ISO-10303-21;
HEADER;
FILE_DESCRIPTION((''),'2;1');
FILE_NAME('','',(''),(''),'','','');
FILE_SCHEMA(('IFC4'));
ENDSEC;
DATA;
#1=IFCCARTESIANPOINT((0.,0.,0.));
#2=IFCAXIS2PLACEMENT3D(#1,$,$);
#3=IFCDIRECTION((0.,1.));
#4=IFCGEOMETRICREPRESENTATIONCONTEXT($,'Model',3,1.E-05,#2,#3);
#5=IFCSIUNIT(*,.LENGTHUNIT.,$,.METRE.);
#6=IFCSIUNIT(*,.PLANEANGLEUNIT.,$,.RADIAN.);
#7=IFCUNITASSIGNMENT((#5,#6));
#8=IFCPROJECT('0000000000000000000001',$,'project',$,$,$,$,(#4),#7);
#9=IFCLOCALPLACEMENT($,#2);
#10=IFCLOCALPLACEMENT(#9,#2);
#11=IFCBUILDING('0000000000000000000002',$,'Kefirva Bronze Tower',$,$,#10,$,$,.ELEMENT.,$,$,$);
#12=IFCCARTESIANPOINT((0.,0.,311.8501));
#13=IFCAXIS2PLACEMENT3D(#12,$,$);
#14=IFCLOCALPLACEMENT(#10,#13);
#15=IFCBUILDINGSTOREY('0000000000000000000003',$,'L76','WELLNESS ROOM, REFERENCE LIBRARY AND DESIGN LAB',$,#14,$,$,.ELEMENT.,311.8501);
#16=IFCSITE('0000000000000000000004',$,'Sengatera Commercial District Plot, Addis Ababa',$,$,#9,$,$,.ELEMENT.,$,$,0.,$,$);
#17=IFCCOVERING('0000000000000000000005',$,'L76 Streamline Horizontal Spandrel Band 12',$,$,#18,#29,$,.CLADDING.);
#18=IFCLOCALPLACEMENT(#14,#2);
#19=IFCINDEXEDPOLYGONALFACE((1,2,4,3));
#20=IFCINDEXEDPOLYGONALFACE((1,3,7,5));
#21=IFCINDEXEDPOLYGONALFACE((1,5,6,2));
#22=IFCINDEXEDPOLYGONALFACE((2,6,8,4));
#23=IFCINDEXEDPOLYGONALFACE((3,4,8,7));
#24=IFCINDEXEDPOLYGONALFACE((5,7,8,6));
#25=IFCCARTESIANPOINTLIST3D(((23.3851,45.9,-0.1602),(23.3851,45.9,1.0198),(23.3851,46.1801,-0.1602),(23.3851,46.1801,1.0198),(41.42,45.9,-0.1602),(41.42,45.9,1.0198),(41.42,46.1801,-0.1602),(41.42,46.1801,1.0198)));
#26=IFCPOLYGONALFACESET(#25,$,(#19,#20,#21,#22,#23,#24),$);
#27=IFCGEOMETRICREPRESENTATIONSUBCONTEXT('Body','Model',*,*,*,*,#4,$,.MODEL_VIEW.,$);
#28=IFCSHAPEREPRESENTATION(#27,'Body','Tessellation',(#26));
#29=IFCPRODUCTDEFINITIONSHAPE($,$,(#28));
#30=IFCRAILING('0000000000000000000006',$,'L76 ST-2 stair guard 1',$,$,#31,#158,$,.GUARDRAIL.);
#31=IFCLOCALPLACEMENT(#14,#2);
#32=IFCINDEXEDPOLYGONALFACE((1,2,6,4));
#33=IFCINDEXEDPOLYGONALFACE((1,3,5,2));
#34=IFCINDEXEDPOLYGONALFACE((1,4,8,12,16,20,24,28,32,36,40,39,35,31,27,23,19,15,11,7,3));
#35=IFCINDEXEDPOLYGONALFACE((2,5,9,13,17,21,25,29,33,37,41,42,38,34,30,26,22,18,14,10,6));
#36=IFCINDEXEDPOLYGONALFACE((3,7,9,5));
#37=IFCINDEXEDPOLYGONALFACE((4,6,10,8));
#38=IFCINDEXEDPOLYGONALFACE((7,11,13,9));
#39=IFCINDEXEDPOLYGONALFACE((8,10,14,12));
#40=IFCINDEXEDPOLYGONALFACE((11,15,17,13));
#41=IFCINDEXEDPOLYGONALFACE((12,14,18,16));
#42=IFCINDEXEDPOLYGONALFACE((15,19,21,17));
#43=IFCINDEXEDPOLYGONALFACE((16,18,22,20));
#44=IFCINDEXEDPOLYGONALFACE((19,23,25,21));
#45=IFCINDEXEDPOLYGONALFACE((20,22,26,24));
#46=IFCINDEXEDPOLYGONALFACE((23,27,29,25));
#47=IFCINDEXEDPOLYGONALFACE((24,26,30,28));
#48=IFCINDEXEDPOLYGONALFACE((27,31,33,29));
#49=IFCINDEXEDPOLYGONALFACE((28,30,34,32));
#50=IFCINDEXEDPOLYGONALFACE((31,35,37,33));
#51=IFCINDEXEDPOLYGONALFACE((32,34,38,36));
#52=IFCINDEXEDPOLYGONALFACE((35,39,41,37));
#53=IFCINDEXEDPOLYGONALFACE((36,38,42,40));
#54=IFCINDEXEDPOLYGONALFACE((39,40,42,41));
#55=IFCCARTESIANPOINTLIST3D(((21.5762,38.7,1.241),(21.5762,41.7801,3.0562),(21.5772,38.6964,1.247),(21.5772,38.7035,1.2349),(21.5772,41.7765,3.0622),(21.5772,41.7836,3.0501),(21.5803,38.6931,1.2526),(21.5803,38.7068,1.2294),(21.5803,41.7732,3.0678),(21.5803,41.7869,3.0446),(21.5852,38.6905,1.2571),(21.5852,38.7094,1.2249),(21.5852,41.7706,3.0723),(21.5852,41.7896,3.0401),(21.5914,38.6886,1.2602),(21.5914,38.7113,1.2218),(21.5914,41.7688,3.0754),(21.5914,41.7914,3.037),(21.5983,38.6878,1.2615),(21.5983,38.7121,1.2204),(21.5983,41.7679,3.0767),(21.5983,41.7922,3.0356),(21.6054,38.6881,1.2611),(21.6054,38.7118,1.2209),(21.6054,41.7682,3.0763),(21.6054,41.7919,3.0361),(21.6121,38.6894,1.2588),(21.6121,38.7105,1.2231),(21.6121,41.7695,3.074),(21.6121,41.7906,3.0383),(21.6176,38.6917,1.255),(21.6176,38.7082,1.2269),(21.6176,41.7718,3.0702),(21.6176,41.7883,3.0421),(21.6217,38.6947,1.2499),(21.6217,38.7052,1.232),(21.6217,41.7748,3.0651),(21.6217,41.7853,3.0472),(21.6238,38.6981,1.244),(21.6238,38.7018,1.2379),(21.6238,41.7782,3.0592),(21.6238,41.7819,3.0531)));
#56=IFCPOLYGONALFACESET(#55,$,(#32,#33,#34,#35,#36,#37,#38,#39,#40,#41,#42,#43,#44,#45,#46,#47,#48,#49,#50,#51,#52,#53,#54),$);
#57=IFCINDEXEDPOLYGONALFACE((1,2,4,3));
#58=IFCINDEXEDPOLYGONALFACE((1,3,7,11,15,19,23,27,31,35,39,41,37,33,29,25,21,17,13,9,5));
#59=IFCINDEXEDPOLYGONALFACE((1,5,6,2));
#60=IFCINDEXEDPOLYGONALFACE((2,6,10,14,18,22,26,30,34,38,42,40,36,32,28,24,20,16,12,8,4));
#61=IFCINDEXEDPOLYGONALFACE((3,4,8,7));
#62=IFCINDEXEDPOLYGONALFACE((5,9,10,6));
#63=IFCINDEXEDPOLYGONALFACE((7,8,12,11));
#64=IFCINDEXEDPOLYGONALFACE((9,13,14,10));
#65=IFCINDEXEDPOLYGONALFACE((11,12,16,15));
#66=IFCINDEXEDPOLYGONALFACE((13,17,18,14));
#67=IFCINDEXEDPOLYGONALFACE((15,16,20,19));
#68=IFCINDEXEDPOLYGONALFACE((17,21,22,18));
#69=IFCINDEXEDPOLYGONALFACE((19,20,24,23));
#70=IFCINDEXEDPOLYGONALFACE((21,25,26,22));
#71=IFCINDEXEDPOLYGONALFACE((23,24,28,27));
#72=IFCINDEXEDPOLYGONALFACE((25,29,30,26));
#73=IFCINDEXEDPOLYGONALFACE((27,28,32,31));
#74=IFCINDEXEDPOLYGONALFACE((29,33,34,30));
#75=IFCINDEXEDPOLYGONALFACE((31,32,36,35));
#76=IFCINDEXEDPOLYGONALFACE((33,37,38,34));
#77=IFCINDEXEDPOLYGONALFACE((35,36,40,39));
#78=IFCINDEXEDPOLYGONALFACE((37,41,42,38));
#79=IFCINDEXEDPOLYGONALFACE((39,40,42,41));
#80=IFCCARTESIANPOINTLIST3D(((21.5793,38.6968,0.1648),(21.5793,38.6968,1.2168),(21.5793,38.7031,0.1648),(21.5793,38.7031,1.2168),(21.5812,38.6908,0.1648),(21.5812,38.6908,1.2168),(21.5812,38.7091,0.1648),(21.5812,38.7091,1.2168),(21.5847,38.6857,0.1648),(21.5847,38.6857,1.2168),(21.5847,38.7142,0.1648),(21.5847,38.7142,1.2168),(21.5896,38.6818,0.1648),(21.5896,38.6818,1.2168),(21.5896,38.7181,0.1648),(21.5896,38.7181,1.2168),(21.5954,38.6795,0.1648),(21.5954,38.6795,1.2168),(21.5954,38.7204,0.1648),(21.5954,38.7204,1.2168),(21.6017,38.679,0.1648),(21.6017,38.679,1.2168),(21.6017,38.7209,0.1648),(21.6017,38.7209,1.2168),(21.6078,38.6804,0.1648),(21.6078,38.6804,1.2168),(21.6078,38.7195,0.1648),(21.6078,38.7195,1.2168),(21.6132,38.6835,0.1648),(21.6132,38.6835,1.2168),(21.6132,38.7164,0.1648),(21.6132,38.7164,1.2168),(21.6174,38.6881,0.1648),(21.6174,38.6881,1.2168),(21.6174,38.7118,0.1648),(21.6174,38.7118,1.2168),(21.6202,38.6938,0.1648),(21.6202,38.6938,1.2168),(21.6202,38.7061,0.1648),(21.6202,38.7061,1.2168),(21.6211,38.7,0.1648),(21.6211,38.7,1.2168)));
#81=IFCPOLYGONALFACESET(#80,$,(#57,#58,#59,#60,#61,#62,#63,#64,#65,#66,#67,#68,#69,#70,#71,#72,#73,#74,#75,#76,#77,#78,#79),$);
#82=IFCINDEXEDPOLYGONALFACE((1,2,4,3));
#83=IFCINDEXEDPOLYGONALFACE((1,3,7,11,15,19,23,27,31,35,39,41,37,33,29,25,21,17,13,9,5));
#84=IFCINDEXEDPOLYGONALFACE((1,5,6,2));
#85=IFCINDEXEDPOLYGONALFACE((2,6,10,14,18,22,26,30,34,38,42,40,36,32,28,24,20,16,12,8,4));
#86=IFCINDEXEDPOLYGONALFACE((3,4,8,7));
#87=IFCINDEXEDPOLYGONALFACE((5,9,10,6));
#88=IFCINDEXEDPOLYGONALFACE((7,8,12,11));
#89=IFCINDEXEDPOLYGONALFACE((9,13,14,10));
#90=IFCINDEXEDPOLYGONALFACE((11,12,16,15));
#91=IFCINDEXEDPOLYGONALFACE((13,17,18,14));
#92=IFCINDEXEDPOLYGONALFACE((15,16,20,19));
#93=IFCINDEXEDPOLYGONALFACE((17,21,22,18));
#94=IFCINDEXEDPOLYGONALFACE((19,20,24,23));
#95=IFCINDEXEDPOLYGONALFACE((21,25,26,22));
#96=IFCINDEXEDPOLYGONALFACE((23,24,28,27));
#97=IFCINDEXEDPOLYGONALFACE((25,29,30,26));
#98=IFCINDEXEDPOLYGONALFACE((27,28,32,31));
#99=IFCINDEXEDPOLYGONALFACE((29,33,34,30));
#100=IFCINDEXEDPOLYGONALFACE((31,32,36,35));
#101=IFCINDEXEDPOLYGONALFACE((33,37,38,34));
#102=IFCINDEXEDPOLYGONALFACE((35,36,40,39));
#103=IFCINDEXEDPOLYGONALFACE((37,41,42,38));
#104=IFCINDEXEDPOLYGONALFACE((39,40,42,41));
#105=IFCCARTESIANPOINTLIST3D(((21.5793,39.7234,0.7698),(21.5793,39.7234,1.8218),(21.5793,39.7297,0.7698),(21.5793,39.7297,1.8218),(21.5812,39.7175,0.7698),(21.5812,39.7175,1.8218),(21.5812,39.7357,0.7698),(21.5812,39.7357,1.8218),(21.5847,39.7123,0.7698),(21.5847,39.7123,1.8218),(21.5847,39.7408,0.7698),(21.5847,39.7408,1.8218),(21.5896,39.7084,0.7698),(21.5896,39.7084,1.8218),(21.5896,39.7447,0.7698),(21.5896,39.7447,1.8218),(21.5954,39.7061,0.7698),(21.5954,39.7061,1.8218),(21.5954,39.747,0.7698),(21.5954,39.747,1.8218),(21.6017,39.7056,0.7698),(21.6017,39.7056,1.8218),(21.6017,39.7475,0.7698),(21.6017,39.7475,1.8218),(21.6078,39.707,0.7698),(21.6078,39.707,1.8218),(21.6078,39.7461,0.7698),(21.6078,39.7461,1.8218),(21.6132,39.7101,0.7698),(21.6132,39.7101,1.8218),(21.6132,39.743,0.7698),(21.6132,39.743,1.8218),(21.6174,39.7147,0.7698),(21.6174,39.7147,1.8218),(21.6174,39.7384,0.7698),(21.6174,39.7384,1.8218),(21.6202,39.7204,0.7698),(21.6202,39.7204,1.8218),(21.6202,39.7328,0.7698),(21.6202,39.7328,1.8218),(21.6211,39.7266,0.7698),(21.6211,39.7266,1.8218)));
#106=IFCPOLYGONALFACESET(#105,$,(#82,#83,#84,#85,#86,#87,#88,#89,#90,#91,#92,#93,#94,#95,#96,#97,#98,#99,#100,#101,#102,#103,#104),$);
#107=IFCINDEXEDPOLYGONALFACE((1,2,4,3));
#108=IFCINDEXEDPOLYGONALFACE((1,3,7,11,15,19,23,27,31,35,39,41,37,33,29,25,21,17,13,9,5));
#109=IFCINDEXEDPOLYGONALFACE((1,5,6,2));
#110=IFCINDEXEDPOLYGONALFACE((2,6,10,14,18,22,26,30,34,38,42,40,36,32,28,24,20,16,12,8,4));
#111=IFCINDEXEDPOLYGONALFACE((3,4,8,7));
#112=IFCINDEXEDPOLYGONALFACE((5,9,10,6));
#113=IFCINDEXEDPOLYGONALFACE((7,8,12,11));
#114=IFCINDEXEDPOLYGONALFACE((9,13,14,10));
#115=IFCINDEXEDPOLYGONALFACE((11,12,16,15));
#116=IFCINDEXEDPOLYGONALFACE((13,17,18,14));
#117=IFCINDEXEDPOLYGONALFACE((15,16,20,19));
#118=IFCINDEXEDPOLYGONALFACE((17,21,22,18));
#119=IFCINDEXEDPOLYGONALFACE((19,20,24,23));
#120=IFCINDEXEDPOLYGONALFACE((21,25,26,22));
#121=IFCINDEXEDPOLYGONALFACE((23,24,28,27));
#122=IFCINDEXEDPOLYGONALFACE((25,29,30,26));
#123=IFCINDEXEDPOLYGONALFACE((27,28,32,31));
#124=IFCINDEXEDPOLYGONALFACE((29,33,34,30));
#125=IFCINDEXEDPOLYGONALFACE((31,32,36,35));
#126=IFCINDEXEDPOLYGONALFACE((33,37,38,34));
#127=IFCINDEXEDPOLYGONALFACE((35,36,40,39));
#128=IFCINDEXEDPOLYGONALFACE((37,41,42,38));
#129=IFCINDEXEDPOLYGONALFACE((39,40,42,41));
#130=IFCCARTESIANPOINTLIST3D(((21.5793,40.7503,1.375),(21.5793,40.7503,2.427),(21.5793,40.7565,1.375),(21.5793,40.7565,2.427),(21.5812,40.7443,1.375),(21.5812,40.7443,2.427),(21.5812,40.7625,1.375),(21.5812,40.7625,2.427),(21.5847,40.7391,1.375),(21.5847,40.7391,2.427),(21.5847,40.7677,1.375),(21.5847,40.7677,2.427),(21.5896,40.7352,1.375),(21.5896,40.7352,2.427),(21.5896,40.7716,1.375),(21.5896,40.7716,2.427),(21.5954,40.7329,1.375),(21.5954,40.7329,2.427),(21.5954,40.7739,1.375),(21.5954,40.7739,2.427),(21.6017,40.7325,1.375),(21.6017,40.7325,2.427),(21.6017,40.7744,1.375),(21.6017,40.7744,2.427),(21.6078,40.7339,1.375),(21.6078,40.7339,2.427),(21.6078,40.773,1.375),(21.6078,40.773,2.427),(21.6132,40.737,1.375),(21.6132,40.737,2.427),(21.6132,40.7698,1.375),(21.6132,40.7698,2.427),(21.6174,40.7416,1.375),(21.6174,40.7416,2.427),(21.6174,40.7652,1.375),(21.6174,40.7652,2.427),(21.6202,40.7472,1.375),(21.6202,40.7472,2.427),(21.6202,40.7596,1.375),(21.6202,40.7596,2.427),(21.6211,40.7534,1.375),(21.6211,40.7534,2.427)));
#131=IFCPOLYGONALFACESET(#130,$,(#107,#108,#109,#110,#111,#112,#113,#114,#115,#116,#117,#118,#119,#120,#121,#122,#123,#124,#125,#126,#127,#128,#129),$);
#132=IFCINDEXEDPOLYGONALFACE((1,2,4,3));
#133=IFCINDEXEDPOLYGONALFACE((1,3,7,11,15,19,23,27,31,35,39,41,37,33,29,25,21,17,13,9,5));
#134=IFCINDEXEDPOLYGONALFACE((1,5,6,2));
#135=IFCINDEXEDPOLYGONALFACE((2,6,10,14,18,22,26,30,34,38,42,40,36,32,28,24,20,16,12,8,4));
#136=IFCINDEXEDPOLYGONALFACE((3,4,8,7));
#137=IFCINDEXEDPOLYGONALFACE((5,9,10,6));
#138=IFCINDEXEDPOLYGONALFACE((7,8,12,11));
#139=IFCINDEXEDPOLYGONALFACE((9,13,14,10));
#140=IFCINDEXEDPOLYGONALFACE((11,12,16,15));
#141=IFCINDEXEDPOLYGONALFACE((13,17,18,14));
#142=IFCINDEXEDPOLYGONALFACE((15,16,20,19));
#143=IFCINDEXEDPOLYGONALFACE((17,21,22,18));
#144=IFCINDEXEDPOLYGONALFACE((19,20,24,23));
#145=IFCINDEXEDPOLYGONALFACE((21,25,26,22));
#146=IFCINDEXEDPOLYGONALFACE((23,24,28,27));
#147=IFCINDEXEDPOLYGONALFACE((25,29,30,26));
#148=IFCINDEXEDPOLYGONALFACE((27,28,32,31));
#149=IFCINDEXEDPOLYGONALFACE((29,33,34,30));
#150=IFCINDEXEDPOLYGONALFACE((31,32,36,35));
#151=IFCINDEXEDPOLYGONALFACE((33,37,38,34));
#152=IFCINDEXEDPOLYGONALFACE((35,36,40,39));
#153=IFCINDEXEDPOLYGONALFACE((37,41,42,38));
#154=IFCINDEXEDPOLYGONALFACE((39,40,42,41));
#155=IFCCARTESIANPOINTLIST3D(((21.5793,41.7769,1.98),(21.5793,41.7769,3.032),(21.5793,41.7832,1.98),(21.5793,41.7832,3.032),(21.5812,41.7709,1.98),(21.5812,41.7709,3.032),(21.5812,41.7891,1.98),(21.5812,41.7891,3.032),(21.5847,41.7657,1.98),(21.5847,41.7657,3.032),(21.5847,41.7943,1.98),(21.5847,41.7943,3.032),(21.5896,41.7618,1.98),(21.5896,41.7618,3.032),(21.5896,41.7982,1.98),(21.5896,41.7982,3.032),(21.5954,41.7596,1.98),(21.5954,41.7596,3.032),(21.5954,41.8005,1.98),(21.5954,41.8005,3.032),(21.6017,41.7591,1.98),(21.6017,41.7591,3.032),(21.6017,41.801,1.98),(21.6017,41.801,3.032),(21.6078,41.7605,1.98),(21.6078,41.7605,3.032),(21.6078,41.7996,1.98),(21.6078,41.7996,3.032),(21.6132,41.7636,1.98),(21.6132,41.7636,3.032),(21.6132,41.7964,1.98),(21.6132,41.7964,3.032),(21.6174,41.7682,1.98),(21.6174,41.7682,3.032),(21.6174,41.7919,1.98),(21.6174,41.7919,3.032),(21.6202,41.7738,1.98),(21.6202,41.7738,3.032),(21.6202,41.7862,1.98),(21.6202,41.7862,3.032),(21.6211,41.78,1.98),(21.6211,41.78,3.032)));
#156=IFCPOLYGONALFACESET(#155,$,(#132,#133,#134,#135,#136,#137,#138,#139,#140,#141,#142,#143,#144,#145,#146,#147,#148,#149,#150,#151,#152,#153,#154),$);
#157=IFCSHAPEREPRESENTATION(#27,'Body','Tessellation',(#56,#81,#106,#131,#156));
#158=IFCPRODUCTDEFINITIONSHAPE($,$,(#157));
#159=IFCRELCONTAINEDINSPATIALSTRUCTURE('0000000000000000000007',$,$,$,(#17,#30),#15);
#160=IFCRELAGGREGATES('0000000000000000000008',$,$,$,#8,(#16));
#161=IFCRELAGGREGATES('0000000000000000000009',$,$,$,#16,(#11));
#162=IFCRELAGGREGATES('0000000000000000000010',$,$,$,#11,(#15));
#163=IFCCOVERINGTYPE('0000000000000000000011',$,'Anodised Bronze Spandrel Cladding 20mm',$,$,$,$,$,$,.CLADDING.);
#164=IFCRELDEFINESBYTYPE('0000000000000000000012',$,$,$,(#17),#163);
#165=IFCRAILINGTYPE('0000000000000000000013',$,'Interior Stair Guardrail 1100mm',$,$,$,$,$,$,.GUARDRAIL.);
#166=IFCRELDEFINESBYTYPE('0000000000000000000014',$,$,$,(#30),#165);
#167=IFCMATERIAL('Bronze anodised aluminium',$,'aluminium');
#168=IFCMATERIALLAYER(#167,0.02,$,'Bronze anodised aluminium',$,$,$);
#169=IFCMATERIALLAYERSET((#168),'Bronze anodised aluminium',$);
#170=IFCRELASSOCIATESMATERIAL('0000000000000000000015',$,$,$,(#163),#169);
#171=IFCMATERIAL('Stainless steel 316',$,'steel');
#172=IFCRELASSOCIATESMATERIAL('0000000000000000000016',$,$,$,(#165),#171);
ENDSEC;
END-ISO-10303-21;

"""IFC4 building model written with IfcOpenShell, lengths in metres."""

from ifc_helpers import new_model, si_unit, direction, frame, origin, origin_2d, place, context, subcontext, project, spatial, rectangle, circle, extrude, material, layer, layer_set, type_object, element, save


model = new_model("IFC4")

# Units and contexts
model_context = context("Model", 3, precision=1e-05, world=origin(), true_north=direction((0.0, 1.0)))
body_context = subcontext(model_context, "Body", "Model", "MODEL_VIEW")
ifc_project = project(units=[si_unit("LENGTHUNIT", "METRE"), si_unit("PLANEANGLEUNIT", "RADIAN")], contexts=[model_context])

# Site, building, storey
site_placement = place(None, origin())
site = spatial("IfcSite", under=ifc_project, at=site_placement, Name="Sengatera Commercial District Plot, Addis Ababa", CompositionType="ELEMENT", RefElevation=0.0)
building_placement = place(site_placement, origin())
building = spatial("IfcBuilding", under=site, at=building_placement, Name="Kefirva Bronze Tower", CompositionType="ELEMENT")
storey_placement = place(building_placement, frame((0.0, 0.0, 311.8501)))
storey = spatial("IfcBuildingStorey", under=building, at=storey_placement, Name="L76", Description="WELLNESS ROOM, REFERENCE LIBRARY AND DESIGN LAB", CompositionType="ELEMENT", Elevation=311.8501)

# Shared definitions
ifc_material_1 = material(Name="Bronze anodised aluminium", Category="aluminium")

# Covering
ifc_layer_1 = layer(ifc_material_1, 0.02, Name="Bronze anodised aluminium")
ifc_layer_set_1 = layer_set([ifc_layer_1], Name="Bronze anodised aluminium")
covering_type_1 = type_object("IfcCoveringType", Name="Anodised Bronze Spandrel Cladding 20mm", PredefinedType="CLADDING", material=ifc_layer_set_1)
covering_1_placement = place(storey_placement, frame((32.4026, 46.04, -0.1602), z_axis=(0.0, 0.0, 1.0), x_axis=(-1.0, 0.0, 0.0)))
element("IfcCovering", 1, at=covering_1_placement, inside=storey, type_object=covering_type_1, Name="L76 Streamline Horizontal Spandrel Band 12", PredefinedType="CLADDING", context=body_context, shape_type="SweptSolid", body=[
    extrude(rectangle(XDim=18.0349, YDim=0.28, at=origin_2d()), origin(), (0.0, 0.0, 1.0), 1.1799),
])

# Railing
ifc_material_2 = material(Name="Stainless steel 316", Category="steel")
railing_type_1 = type_object("IfcRailingType", Name="Interior Stair Guardrail 1100mm", PredefinedType="GUARDRAIL", material=ifc_material_2)
railing_1_placement = place(storey_placement, frame((21.6001, 38.7, 0.1648)))
element("IfcRailing", 2, at=railing_1_placement, inside=storey, type_object=railing_type_1, Name="L76 ST-2 stair guard 1", PredefinedType="GUARDRAIL", context=body_context, shape_type="SweptSolid", body=[
    extrude(circle(Radius=0.0239, at=origin_2d()), frame((0.0, 0.0, 1.0762), z_axis=(0.0, 0.861521, 0.507721), x_axis=(-1.0, 0.0, 0.0)), (0.0, 0.0, 1.0), 3.5752),
    extrude(circle(Radius=0.021, at=origin_2d()), origin(), (0.0, 0.0, 1.0), 1.052),
    extrude(circle(Radius=0.021, at=origin_2d()), frame((0.0, 1.0266, 0.605)), (0.0, 0.0, 1.0), 1.052),
    extrude(circle(Radius=0.021, at=origin_2d()), frame((0.0, 2.0535, 1.2102)), (0.0, 0.0, 1.0), 1.052),
    extrude(circle(Radius=0.021, at=origin_2d()), frame((0.0, 3.0801, 1.8152)), (0.0, 0.0, 1.0), 1.052),
])

save(model, "model.ifc")
